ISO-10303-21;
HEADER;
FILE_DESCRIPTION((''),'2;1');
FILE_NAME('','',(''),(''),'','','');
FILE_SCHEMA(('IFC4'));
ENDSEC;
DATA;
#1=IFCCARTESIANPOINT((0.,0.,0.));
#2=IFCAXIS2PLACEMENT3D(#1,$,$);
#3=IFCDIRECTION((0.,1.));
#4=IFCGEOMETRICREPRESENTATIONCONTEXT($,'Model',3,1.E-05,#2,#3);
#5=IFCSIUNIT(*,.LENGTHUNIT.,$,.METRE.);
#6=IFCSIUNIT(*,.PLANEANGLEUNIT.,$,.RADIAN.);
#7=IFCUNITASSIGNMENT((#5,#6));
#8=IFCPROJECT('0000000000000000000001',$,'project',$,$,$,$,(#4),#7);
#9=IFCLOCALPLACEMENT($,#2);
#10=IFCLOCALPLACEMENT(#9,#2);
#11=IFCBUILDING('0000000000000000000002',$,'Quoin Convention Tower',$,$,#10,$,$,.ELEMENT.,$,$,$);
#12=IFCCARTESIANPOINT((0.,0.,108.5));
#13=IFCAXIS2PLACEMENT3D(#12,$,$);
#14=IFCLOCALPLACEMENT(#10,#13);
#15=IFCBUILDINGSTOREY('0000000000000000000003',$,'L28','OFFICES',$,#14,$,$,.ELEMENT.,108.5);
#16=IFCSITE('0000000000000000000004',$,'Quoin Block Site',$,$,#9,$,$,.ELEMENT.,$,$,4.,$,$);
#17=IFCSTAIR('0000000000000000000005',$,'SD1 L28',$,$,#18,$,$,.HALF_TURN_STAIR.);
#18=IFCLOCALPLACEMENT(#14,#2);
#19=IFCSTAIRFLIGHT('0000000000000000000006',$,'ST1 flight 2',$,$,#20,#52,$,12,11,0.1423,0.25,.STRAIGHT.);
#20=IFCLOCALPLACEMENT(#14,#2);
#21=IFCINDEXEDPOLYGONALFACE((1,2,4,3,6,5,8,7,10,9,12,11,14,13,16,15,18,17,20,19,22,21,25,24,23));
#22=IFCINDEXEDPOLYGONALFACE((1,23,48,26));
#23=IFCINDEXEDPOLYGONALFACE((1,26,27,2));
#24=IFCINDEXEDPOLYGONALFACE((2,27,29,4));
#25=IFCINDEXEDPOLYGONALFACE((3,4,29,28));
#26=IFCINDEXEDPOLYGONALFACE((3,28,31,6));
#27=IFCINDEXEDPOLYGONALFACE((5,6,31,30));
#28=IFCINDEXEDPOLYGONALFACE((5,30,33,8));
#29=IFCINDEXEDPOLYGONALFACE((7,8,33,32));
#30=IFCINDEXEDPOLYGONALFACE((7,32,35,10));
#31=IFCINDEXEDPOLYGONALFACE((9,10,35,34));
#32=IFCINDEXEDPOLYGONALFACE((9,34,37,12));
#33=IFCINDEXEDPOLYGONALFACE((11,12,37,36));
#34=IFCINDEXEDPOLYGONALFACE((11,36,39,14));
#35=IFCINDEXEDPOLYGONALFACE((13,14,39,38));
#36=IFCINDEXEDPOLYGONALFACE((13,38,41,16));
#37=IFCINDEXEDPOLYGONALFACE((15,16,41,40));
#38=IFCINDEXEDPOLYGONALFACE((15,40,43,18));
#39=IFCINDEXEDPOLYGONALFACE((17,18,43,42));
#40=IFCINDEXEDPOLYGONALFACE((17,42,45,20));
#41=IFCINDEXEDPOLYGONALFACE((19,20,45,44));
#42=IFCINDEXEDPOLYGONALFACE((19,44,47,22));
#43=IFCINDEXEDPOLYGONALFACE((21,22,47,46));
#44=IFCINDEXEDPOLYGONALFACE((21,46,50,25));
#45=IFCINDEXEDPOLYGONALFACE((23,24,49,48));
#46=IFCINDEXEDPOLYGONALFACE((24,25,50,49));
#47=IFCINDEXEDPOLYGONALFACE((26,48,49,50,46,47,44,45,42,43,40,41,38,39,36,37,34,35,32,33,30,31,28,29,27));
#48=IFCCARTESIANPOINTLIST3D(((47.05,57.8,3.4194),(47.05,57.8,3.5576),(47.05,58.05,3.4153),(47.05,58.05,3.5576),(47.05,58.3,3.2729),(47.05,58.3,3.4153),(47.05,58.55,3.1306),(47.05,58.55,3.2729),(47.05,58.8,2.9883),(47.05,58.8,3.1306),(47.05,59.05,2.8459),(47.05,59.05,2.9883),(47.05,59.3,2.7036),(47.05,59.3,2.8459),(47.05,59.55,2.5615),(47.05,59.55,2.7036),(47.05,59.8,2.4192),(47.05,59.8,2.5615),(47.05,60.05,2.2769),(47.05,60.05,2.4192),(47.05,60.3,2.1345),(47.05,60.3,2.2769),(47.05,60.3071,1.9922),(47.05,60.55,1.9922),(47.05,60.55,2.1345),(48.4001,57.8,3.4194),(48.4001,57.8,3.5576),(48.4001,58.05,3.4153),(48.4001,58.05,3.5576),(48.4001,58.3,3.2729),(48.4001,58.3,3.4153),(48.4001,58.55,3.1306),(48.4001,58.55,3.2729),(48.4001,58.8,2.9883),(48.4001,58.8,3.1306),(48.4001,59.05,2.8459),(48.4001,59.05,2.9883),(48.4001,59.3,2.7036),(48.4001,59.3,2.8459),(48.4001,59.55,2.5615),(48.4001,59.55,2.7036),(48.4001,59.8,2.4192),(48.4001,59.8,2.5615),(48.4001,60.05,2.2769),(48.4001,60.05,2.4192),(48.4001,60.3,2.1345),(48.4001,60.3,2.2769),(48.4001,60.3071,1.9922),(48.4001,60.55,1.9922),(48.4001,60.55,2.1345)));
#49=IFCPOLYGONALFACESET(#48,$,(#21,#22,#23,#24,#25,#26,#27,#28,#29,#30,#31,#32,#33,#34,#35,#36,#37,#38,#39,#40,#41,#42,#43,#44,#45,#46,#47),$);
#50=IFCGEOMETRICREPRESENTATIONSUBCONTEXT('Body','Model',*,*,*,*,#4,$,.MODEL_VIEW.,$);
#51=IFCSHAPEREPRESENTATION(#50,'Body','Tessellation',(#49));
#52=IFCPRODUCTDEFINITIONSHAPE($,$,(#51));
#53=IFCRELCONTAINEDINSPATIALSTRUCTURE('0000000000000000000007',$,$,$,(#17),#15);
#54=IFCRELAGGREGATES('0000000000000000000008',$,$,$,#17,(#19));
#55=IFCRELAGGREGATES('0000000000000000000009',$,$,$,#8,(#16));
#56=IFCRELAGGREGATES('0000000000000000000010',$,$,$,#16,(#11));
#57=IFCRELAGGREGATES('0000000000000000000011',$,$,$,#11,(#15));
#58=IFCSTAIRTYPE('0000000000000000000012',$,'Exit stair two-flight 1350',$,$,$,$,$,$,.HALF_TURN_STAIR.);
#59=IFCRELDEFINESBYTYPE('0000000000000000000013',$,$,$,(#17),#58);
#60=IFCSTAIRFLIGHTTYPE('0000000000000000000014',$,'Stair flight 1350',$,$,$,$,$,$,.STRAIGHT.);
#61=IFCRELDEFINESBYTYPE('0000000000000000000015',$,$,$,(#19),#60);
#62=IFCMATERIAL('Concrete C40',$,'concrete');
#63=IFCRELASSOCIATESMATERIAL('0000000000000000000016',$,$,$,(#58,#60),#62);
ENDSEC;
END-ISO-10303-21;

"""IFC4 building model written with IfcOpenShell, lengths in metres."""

from ifc_helpers import new_model, si_unit, direction, frame, origin, place, context, subcontext, project, spatial, polyline, outline, extrude, material, type_object, element, aggregate, save


model = new_model("IFC4")

# Units and contexts
model_context = context("Model", 3, precision=1e-05, world=origin(), true_north=direction((0.0, 1.0)))
body_context = subcontext(model_context, "Body", "Model", "MODEL_VIEW")
ifc_project = project(units=[si_unit("LENGTHUNIT", "METRE"), si_unit("PLANEANGLEUNIT", "RADIAN")], contexts=[model_context])

# Site, building, storey
site_placement = place(None, origin())
site = spatial("IfcSite", under=ifc_project, at=site_placement, Name="Quoin Block Site", CompositionType="ELEMENT", RefElevation=4.0)
building_placement = place(site_placement, origin())
building = spatial("IfcBuilding", under=site, at=building_placement, Name="Quoin Convention Tower", CompositionType="ELEMENT")
storey_placement = place(building_placement, frame((0.0, 0.0, 108.5)))
storey = spatial("IfcBuildingStorey", under=building, at=storey_placement, Name="L28", Description="OFFICES", CompositionType="ELEMENT", Elevation=108.5)

# Stair, stair flight
ifc_material_1 = material(Name="Concrete C40", Category="concrete")
stair_type = type_object("IfcStairType", Name="Exit stair two-flight 1350", PredefinedType="HALF_TURN_STAIR", material=ifc_material_1)
stair_placement = place(storey_placement, origin())
stair = element("IfcStair", 1, at=stair_placement, inside=storey, type_object=stair_type, Name="SD1 L28", PredefinedType="HALF_TURN_STAIR")
stair_flight_type = type_object("IfcStairFlightType", Name="Stair flight 1350", PredefinedType="STRAIGHT", material=ifc_material_1)
stair_flight_placement = place(storey_placement, frame((47.7251, 60.55, 1.9922), z_axis=(0.0, 0.0, 1.0), x_axis=(0.0, -1.0, 0.0)))
stair_flight = element("IfcStairFlight", 2, at=stair_flight_placement, type_object=stair_flight_type, Name="ST1 flight 2", NumberOfRisers=12, NumberOfTreads=11, PredefinedType="STRAIGHT", RiserHeight=0.1423, TreadLength=0.25, context=body_context, shape_type="SweptSolid", body=[
    extrude(outline(polyline([(0.0, 0.0), (0.0, 0.1423), (0.25, 0.1423), (0.25, 0.2847), (0.5, 0.2847), (0.5, 0.427), (0.75, 0.427), (0.75, 0.5693), (1.0, 0.5693), (1.0, 0.7114), (1.25, 0.7114), (1.25, 0.8538), (1.5, 0.8538), (1.5, 0.9961), (1.75, 0.9961), (1.75, 1.1384), (2.0, 1.1384), (2.0, 1.2808), (2.25, 1.2808), (2.25, 1.4231), (2.5, 1.4231), (2.5, 1.5654), (2.75, 1.5654), (2.75, 1.7078), (2.75, 1.4272), (0.2429, 0.0), (0.0, 0.0)])), frame((0.0, 0.675, 0.0), z_axis=(0.0, -1.0, 0.0), x_axis=(1.0, 0.0, 0.0)), (0.0, 0.0, 1.0), 1.3501),
])
aggregate(stair, [stair_flight])

save(model, "model.ifc")
